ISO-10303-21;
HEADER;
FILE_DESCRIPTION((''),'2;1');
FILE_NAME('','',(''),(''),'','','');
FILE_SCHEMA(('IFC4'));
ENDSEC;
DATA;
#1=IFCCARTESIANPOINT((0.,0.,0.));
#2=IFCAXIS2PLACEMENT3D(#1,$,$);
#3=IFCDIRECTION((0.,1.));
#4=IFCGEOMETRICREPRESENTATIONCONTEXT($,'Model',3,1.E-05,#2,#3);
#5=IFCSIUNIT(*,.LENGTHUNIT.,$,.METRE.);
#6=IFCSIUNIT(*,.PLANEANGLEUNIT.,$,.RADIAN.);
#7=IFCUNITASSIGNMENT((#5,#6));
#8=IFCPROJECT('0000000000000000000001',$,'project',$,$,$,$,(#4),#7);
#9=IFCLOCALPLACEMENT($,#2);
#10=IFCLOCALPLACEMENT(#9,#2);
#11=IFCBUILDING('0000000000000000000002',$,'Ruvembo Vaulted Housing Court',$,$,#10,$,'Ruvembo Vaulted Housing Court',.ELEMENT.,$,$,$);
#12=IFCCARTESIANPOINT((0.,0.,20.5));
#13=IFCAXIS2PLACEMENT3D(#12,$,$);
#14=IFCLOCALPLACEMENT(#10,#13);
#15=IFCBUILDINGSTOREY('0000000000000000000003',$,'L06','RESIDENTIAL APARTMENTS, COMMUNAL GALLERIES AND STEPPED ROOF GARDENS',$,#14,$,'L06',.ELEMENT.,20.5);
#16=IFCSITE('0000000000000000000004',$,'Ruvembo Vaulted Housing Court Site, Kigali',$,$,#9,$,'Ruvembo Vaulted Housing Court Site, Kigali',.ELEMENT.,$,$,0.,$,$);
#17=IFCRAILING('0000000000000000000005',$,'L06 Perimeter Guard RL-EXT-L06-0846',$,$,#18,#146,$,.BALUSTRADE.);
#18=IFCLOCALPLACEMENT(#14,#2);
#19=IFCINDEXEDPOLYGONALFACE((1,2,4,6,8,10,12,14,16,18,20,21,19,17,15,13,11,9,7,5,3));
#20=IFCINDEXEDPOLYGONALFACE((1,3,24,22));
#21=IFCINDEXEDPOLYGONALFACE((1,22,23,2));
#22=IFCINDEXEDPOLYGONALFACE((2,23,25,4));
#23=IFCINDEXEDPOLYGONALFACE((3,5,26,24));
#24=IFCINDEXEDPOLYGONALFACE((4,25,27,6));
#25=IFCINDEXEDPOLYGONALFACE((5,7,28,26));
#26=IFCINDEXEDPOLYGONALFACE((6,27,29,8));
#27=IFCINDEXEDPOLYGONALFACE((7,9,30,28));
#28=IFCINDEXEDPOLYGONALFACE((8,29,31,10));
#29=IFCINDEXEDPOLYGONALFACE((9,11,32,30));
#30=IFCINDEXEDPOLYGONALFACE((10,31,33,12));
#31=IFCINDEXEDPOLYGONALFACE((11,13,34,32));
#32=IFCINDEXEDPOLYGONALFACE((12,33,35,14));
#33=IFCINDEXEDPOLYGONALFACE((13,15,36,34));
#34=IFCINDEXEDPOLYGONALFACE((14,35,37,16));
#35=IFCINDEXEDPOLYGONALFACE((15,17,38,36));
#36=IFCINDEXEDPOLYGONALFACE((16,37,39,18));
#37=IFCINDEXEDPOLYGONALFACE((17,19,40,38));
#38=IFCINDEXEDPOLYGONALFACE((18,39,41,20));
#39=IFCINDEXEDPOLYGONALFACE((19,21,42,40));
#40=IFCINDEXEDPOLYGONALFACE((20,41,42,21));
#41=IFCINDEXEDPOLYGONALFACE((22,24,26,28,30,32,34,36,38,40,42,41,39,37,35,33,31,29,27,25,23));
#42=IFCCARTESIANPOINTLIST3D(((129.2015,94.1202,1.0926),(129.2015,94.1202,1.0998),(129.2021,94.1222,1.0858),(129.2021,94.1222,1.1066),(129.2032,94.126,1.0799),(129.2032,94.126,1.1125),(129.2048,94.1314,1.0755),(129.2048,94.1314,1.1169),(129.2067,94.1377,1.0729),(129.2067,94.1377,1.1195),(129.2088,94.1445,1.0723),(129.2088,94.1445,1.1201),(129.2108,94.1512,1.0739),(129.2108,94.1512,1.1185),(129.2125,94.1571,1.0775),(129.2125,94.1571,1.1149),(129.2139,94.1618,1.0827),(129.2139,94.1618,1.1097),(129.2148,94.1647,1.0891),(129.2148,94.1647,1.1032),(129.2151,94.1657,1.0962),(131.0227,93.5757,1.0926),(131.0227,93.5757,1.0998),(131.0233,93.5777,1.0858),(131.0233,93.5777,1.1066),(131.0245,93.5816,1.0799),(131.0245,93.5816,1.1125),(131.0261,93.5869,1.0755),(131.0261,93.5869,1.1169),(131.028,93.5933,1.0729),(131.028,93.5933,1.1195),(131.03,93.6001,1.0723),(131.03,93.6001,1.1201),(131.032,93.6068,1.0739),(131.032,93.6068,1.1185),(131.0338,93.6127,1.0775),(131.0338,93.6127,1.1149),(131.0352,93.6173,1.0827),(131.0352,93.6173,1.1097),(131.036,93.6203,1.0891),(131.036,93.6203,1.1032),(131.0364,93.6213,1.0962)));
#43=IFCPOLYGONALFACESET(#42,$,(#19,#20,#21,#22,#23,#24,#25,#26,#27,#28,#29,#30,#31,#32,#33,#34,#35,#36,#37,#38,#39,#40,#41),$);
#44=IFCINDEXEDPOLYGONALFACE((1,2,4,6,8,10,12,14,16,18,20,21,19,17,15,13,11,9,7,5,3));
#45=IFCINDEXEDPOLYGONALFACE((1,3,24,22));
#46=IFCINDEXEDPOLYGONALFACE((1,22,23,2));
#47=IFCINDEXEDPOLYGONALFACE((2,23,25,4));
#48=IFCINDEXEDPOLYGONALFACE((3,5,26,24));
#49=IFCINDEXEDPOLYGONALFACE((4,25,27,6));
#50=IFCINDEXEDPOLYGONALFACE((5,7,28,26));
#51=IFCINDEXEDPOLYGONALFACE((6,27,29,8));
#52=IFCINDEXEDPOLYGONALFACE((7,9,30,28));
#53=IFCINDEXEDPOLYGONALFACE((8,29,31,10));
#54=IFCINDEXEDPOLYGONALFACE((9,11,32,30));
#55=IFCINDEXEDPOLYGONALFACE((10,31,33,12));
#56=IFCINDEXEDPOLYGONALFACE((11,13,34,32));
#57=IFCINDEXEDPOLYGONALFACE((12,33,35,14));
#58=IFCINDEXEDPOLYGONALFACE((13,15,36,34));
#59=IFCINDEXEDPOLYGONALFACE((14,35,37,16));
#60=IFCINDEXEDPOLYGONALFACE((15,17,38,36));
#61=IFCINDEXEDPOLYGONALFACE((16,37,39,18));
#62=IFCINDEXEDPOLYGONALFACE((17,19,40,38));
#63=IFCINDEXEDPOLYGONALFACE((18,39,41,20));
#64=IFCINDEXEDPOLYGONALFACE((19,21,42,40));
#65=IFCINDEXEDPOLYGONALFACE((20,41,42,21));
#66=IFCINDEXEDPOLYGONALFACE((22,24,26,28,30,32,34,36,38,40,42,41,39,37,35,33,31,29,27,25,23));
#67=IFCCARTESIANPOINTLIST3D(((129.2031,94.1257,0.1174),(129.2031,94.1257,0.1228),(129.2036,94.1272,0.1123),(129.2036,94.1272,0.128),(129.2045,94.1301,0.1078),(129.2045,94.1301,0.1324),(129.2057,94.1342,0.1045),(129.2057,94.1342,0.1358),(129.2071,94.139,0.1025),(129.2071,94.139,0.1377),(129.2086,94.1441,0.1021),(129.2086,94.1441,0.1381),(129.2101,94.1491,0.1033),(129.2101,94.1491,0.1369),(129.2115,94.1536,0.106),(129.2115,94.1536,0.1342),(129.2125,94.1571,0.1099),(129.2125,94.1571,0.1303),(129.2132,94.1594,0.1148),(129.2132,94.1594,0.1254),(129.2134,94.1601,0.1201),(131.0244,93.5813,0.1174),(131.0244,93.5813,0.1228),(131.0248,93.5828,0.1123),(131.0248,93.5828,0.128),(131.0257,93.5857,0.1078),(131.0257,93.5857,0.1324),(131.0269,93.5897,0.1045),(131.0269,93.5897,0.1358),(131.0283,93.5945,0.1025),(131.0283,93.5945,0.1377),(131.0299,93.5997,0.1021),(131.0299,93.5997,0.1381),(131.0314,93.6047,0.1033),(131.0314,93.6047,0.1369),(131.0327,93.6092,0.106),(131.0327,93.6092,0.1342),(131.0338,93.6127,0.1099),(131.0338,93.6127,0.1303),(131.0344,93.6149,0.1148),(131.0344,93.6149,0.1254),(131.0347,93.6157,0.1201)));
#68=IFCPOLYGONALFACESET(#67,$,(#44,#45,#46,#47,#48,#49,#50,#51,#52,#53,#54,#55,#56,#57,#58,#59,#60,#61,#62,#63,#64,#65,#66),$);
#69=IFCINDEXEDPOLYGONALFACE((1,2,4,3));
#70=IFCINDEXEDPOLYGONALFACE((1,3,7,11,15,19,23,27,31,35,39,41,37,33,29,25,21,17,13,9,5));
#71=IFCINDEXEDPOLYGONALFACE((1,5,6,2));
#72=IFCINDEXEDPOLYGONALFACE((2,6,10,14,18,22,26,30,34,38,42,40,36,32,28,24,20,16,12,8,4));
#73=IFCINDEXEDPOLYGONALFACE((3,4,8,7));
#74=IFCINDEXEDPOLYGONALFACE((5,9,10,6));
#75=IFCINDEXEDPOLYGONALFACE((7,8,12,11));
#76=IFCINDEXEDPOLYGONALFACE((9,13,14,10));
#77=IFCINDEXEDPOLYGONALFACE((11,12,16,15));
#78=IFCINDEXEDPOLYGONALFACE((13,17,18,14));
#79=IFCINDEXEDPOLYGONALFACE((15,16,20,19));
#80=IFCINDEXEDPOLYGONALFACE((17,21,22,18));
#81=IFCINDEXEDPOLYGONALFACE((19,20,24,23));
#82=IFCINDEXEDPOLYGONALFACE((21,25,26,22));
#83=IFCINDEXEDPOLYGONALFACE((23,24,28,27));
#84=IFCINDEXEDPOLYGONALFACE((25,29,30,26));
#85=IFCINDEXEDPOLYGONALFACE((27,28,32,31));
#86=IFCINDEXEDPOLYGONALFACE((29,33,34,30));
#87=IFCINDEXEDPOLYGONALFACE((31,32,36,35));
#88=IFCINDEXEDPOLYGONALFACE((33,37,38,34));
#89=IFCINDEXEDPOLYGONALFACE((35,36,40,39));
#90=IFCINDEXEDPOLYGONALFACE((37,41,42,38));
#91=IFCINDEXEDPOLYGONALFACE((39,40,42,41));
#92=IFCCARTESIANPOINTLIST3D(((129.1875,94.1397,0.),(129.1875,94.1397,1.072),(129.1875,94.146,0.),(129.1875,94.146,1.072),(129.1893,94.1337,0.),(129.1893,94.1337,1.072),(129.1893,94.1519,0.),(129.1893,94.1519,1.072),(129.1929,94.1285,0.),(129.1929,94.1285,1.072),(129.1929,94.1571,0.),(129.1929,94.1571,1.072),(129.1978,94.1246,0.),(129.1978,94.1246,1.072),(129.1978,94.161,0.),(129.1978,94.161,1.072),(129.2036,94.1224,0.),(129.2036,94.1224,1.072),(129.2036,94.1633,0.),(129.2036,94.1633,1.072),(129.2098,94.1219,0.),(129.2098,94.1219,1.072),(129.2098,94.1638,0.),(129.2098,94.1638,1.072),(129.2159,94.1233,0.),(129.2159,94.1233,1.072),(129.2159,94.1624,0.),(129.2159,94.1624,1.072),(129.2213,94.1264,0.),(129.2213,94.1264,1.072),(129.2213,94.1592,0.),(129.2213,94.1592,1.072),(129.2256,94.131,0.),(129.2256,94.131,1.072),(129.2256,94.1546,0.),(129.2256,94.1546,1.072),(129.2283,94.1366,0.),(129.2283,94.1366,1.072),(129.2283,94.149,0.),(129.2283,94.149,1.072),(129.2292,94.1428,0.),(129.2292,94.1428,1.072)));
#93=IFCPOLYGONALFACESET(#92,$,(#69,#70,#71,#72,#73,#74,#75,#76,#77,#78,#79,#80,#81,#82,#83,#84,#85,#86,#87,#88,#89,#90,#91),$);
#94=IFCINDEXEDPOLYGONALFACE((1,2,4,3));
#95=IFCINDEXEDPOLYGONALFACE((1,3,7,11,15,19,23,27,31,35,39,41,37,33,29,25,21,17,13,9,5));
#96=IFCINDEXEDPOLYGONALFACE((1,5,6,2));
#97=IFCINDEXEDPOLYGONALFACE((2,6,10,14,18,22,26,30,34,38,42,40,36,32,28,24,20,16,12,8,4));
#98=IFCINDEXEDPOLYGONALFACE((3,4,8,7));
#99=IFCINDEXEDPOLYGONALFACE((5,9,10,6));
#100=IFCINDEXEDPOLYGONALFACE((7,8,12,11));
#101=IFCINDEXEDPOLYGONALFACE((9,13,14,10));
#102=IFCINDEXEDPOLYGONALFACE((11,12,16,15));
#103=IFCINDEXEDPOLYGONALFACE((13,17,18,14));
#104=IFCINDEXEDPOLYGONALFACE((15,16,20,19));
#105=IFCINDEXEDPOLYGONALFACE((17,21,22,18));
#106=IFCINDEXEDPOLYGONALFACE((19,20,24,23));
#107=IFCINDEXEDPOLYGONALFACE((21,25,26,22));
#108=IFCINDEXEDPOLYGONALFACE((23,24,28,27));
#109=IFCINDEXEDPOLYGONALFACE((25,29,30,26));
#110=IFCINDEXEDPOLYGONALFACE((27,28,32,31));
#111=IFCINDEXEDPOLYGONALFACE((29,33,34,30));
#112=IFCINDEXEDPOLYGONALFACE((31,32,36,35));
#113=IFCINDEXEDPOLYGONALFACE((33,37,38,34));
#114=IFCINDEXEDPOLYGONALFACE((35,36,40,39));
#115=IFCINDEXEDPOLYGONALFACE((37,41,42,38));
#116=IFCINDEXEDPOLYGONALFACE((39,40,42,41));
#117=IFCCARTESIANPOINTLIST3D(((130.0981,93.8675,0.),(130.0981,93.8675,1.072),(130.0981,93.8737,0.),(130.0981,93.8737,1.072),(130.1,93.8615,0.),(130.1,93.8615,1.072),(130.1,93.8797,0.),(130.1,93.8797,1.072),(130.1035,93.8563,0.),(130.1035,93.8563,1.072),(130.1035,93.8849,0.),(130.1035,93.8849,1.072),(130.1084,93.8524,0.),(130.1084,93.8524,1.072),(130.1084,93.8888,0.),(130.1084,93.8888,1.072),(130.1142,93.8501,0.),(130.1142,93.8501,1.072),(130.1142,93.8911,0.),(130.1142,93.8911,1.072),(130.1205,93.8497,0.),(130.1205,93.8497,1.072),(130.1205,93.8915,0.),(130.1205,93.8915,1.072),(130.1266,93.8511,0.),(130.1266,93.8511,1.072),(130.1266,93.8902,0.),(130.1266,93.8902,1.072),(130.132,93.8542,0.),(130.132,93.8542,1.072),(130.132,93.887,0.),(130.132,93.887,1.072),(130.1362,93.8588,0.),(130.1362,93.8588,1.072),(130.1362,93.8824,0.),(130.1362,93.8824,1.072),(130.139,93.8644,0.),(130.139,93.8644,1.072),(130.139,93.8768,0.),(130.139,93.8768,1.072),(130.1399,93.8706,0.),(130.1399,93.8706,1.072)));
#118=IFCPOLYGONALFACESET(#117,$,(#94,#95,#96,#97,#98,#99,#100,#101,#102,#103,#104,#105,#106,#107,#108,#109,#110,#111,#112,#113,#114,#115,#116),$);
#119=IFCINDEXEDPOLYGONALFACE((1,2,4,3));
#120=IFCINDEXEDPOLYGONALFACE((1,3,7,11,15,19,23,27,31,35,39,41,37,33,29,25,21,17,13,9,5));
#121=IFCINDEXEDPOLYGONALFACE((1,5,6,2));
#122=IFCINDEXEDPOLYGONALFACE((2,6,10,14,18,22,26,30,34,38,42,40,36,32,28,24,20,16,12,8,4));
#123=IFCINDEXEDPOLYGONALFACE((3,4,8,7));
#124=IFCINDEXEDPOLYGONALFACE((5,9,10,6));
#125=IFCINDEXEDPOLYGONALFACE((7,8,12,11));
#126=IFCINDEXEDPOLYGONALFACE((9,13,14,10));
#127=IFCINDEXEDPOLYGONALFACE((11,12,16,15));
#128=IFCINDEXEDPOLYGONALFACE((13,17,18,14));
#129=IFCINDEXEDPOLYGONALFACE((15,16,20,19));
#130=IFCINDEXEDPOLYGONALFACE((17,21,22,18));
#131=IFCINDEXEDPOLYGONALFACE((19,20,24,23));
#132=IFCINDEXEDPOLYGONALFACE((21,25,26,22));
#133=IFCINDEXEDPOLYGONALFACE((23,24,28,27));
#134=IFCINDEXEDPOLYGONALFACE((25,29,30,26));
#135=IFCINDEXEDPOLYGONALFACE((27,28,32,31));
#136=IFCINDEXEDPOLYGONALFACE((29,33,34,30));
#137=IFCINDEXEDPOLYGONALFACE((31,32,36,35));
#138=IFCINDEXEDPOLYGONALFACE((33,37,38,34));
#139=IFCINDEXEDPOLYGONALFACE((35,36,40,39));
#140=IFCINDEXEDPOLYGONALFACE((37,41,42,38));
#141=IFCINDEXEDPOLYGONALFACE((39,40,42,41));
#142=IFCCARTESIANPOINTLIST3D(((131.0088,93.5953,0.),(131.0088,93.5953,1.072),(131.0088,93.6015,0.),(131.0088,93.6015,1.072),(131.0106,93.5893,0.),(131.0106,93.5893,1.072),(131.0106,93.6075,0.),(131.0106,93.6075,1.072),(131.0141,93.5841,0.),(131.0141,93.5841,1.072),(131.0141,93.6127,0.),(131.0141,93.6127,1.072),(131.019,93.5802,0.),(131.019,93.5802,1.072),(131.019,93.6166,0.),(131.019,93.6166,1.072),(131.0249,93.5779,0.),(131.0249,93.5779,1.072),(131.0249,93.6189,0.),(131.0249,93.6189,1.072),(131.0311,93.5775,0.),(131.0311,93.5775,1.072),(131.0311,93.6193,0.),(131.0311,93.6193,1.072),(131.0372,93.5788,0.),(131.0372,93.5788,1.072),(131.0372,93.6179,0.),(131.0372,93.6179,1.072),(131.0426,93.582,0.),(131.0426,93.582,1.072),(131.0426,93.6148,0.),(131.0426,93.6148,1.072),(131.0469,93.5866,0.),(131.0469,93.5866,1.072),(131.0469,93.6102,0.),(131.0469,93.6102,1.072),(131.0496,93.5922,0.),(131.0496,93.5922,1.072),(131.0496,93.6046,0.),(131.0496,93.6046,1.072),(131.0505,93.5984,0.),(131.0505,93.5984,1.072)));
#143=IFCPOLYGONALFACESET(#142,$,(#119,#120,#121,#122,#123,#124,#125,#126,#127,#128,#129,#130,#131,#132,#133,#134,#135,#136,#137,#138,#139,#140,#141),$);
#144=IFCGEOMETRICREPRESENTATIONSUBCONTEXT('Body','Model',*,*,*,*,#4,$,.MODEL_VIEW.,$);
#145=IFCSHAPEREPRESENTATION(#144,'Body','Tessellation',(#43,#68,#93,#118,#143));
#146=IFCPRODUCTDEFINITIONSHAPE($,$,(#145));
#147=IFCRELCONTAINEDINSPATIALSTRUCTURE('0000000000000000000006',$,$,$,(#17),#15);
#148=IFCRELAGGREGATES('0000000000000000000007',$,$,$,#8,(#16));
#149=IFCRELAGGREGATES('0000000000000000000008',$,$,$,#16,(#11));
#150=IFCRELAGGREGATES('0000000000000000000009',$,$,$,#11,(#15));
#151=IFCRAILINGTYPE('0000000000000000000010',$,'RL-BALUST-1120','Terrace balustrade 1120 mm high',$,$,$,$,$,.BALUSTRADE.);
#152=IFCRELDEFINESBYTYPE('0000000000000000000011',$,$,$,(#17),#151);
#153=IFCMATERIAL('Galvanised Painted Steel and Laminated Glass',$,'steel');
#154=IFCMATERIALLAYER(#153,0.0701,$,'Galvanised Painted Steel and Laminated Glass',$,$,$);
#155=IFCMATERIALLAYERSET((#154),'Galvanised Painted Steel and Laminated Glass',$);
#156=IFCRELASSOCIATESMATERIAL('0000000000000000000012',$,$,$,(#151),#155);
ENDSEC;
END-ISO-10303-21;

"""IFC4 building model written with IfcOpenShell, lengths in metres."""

from ifc_helpers import new_model, si_unit, direction, frame, origin, origin_2d, place, context, subcontext, project, spatial, circle, extrude, material, layer, layer_set, type_object, element, save


model = new_model("IFC4")

# Units and contexts
model_context = context("Model", 3, precision=1e-05, world=origin(), true_north=direction((0.0, 1.0)))
body_context = subcontext(model_context, "Body", "Model", "MODEL_VIEW")
ifc_project = project(units=[si_unit("LENGTHUNIT", "METRE"), si_unit("PLANEANGLEUNIT", "RADIAN")], contexts=[model_context])

# Site, building, storey
site_placement = place(None, origin())
site = spatial("IfcSite", under=ifc_project, at=site_placement, Name="Ruvembo Vaulted Housing Court Site, Kigali", LongName="Ruvembo Vaulted Housing Court Site, Kigali", CompositionType="ELEMENT", RefElevation=0.0)
building_placement = place(site_placement, origin())
building = spatial("IfcBuilding", under=site, at=building_placement, Name="Ruvembo Vaulted Housing Court", LongName="Ruvembo Vaulted Housing Court", CompositionType="ELEMENT")
storey_placement = place(building_placement, frame((0.0, 0.0, 20.5)))
storey = spatial("IfcBuildingStorey", under=building, at=storey_placement, Name="L06", Description="RESIDENTIAL APARTMENTS, COMMUNAL GALLERIES AND STEPPED ROOF GARDENS", LongName="L06", CompositionType="ELEMENT", Elevation=20.5)

# Railing
ifc_material_1 = material(Name="Galvanised Painted Steel and Laminated Glass", Category="steel")
ifc_layer = layer(ifc_material_1, 0.0701, Name="Galvanised Painted Steel and Laminated Glass")
ifc_layer_set = layer_set([ifc_layer], Name="Galvanised Painted Steel and Laminated Glass")
railing_type = type_object("IfcRailingType", Name="RL-BALUST-1120", Description="Terrace balustrade 1120 mm high", PredefinedType="BALUSTRADE", material=ifc_layer_set)
railing_1_placement = place(storey_placement, frame((129.2083, 94.1428, 0.0)))
element("IfcRailing", 1, at=railing_1_placement, inside=storey, type_object=railing_type, Name="L06 Perimeter Guard RL-EXT-L06-0846", PredefinedType="BALUSTRADE", context=body_context, shape_type="SweptSolid", body=[
    extrude(circle(Radius=0.0239, at=origin_2d()), frame((0.0, 0.0, 1.0962), z_axis=(0.958109, -0.286405, 0.0), x_axis=(0.286405, 0.958109, 0.0)), (0.0, 0.0, 1.0), 1.9009),
    extrude(circle(Radius=0.0181, at=origin_2d()), frame((0.0, 0.0, 0.1201), z_axis=(0.958109, -0.286405, 0.0), x_axis=(0.286405, 0.958109, 0.0)), (0.0, 0.0, 1.0), 1.9009),
    extrude(circle(Radius=0.021, at=origin_2d()), origin(), (0.0, 0.0, 1.0), 1.072),
    extrude(circle(Radius=0.021, at=origin_2d()), frame((0.9106, -0.2722, 0.0)), (0.0, 0.0, 1.0), 1.072),
    extrude(circle(Radius=0.021, at=origin_2d()), frame((1.8213, -0.5444, 0.0)), (0.0, 0.0, 1.0), 1.072),
])

save(model, "model.ifc")
